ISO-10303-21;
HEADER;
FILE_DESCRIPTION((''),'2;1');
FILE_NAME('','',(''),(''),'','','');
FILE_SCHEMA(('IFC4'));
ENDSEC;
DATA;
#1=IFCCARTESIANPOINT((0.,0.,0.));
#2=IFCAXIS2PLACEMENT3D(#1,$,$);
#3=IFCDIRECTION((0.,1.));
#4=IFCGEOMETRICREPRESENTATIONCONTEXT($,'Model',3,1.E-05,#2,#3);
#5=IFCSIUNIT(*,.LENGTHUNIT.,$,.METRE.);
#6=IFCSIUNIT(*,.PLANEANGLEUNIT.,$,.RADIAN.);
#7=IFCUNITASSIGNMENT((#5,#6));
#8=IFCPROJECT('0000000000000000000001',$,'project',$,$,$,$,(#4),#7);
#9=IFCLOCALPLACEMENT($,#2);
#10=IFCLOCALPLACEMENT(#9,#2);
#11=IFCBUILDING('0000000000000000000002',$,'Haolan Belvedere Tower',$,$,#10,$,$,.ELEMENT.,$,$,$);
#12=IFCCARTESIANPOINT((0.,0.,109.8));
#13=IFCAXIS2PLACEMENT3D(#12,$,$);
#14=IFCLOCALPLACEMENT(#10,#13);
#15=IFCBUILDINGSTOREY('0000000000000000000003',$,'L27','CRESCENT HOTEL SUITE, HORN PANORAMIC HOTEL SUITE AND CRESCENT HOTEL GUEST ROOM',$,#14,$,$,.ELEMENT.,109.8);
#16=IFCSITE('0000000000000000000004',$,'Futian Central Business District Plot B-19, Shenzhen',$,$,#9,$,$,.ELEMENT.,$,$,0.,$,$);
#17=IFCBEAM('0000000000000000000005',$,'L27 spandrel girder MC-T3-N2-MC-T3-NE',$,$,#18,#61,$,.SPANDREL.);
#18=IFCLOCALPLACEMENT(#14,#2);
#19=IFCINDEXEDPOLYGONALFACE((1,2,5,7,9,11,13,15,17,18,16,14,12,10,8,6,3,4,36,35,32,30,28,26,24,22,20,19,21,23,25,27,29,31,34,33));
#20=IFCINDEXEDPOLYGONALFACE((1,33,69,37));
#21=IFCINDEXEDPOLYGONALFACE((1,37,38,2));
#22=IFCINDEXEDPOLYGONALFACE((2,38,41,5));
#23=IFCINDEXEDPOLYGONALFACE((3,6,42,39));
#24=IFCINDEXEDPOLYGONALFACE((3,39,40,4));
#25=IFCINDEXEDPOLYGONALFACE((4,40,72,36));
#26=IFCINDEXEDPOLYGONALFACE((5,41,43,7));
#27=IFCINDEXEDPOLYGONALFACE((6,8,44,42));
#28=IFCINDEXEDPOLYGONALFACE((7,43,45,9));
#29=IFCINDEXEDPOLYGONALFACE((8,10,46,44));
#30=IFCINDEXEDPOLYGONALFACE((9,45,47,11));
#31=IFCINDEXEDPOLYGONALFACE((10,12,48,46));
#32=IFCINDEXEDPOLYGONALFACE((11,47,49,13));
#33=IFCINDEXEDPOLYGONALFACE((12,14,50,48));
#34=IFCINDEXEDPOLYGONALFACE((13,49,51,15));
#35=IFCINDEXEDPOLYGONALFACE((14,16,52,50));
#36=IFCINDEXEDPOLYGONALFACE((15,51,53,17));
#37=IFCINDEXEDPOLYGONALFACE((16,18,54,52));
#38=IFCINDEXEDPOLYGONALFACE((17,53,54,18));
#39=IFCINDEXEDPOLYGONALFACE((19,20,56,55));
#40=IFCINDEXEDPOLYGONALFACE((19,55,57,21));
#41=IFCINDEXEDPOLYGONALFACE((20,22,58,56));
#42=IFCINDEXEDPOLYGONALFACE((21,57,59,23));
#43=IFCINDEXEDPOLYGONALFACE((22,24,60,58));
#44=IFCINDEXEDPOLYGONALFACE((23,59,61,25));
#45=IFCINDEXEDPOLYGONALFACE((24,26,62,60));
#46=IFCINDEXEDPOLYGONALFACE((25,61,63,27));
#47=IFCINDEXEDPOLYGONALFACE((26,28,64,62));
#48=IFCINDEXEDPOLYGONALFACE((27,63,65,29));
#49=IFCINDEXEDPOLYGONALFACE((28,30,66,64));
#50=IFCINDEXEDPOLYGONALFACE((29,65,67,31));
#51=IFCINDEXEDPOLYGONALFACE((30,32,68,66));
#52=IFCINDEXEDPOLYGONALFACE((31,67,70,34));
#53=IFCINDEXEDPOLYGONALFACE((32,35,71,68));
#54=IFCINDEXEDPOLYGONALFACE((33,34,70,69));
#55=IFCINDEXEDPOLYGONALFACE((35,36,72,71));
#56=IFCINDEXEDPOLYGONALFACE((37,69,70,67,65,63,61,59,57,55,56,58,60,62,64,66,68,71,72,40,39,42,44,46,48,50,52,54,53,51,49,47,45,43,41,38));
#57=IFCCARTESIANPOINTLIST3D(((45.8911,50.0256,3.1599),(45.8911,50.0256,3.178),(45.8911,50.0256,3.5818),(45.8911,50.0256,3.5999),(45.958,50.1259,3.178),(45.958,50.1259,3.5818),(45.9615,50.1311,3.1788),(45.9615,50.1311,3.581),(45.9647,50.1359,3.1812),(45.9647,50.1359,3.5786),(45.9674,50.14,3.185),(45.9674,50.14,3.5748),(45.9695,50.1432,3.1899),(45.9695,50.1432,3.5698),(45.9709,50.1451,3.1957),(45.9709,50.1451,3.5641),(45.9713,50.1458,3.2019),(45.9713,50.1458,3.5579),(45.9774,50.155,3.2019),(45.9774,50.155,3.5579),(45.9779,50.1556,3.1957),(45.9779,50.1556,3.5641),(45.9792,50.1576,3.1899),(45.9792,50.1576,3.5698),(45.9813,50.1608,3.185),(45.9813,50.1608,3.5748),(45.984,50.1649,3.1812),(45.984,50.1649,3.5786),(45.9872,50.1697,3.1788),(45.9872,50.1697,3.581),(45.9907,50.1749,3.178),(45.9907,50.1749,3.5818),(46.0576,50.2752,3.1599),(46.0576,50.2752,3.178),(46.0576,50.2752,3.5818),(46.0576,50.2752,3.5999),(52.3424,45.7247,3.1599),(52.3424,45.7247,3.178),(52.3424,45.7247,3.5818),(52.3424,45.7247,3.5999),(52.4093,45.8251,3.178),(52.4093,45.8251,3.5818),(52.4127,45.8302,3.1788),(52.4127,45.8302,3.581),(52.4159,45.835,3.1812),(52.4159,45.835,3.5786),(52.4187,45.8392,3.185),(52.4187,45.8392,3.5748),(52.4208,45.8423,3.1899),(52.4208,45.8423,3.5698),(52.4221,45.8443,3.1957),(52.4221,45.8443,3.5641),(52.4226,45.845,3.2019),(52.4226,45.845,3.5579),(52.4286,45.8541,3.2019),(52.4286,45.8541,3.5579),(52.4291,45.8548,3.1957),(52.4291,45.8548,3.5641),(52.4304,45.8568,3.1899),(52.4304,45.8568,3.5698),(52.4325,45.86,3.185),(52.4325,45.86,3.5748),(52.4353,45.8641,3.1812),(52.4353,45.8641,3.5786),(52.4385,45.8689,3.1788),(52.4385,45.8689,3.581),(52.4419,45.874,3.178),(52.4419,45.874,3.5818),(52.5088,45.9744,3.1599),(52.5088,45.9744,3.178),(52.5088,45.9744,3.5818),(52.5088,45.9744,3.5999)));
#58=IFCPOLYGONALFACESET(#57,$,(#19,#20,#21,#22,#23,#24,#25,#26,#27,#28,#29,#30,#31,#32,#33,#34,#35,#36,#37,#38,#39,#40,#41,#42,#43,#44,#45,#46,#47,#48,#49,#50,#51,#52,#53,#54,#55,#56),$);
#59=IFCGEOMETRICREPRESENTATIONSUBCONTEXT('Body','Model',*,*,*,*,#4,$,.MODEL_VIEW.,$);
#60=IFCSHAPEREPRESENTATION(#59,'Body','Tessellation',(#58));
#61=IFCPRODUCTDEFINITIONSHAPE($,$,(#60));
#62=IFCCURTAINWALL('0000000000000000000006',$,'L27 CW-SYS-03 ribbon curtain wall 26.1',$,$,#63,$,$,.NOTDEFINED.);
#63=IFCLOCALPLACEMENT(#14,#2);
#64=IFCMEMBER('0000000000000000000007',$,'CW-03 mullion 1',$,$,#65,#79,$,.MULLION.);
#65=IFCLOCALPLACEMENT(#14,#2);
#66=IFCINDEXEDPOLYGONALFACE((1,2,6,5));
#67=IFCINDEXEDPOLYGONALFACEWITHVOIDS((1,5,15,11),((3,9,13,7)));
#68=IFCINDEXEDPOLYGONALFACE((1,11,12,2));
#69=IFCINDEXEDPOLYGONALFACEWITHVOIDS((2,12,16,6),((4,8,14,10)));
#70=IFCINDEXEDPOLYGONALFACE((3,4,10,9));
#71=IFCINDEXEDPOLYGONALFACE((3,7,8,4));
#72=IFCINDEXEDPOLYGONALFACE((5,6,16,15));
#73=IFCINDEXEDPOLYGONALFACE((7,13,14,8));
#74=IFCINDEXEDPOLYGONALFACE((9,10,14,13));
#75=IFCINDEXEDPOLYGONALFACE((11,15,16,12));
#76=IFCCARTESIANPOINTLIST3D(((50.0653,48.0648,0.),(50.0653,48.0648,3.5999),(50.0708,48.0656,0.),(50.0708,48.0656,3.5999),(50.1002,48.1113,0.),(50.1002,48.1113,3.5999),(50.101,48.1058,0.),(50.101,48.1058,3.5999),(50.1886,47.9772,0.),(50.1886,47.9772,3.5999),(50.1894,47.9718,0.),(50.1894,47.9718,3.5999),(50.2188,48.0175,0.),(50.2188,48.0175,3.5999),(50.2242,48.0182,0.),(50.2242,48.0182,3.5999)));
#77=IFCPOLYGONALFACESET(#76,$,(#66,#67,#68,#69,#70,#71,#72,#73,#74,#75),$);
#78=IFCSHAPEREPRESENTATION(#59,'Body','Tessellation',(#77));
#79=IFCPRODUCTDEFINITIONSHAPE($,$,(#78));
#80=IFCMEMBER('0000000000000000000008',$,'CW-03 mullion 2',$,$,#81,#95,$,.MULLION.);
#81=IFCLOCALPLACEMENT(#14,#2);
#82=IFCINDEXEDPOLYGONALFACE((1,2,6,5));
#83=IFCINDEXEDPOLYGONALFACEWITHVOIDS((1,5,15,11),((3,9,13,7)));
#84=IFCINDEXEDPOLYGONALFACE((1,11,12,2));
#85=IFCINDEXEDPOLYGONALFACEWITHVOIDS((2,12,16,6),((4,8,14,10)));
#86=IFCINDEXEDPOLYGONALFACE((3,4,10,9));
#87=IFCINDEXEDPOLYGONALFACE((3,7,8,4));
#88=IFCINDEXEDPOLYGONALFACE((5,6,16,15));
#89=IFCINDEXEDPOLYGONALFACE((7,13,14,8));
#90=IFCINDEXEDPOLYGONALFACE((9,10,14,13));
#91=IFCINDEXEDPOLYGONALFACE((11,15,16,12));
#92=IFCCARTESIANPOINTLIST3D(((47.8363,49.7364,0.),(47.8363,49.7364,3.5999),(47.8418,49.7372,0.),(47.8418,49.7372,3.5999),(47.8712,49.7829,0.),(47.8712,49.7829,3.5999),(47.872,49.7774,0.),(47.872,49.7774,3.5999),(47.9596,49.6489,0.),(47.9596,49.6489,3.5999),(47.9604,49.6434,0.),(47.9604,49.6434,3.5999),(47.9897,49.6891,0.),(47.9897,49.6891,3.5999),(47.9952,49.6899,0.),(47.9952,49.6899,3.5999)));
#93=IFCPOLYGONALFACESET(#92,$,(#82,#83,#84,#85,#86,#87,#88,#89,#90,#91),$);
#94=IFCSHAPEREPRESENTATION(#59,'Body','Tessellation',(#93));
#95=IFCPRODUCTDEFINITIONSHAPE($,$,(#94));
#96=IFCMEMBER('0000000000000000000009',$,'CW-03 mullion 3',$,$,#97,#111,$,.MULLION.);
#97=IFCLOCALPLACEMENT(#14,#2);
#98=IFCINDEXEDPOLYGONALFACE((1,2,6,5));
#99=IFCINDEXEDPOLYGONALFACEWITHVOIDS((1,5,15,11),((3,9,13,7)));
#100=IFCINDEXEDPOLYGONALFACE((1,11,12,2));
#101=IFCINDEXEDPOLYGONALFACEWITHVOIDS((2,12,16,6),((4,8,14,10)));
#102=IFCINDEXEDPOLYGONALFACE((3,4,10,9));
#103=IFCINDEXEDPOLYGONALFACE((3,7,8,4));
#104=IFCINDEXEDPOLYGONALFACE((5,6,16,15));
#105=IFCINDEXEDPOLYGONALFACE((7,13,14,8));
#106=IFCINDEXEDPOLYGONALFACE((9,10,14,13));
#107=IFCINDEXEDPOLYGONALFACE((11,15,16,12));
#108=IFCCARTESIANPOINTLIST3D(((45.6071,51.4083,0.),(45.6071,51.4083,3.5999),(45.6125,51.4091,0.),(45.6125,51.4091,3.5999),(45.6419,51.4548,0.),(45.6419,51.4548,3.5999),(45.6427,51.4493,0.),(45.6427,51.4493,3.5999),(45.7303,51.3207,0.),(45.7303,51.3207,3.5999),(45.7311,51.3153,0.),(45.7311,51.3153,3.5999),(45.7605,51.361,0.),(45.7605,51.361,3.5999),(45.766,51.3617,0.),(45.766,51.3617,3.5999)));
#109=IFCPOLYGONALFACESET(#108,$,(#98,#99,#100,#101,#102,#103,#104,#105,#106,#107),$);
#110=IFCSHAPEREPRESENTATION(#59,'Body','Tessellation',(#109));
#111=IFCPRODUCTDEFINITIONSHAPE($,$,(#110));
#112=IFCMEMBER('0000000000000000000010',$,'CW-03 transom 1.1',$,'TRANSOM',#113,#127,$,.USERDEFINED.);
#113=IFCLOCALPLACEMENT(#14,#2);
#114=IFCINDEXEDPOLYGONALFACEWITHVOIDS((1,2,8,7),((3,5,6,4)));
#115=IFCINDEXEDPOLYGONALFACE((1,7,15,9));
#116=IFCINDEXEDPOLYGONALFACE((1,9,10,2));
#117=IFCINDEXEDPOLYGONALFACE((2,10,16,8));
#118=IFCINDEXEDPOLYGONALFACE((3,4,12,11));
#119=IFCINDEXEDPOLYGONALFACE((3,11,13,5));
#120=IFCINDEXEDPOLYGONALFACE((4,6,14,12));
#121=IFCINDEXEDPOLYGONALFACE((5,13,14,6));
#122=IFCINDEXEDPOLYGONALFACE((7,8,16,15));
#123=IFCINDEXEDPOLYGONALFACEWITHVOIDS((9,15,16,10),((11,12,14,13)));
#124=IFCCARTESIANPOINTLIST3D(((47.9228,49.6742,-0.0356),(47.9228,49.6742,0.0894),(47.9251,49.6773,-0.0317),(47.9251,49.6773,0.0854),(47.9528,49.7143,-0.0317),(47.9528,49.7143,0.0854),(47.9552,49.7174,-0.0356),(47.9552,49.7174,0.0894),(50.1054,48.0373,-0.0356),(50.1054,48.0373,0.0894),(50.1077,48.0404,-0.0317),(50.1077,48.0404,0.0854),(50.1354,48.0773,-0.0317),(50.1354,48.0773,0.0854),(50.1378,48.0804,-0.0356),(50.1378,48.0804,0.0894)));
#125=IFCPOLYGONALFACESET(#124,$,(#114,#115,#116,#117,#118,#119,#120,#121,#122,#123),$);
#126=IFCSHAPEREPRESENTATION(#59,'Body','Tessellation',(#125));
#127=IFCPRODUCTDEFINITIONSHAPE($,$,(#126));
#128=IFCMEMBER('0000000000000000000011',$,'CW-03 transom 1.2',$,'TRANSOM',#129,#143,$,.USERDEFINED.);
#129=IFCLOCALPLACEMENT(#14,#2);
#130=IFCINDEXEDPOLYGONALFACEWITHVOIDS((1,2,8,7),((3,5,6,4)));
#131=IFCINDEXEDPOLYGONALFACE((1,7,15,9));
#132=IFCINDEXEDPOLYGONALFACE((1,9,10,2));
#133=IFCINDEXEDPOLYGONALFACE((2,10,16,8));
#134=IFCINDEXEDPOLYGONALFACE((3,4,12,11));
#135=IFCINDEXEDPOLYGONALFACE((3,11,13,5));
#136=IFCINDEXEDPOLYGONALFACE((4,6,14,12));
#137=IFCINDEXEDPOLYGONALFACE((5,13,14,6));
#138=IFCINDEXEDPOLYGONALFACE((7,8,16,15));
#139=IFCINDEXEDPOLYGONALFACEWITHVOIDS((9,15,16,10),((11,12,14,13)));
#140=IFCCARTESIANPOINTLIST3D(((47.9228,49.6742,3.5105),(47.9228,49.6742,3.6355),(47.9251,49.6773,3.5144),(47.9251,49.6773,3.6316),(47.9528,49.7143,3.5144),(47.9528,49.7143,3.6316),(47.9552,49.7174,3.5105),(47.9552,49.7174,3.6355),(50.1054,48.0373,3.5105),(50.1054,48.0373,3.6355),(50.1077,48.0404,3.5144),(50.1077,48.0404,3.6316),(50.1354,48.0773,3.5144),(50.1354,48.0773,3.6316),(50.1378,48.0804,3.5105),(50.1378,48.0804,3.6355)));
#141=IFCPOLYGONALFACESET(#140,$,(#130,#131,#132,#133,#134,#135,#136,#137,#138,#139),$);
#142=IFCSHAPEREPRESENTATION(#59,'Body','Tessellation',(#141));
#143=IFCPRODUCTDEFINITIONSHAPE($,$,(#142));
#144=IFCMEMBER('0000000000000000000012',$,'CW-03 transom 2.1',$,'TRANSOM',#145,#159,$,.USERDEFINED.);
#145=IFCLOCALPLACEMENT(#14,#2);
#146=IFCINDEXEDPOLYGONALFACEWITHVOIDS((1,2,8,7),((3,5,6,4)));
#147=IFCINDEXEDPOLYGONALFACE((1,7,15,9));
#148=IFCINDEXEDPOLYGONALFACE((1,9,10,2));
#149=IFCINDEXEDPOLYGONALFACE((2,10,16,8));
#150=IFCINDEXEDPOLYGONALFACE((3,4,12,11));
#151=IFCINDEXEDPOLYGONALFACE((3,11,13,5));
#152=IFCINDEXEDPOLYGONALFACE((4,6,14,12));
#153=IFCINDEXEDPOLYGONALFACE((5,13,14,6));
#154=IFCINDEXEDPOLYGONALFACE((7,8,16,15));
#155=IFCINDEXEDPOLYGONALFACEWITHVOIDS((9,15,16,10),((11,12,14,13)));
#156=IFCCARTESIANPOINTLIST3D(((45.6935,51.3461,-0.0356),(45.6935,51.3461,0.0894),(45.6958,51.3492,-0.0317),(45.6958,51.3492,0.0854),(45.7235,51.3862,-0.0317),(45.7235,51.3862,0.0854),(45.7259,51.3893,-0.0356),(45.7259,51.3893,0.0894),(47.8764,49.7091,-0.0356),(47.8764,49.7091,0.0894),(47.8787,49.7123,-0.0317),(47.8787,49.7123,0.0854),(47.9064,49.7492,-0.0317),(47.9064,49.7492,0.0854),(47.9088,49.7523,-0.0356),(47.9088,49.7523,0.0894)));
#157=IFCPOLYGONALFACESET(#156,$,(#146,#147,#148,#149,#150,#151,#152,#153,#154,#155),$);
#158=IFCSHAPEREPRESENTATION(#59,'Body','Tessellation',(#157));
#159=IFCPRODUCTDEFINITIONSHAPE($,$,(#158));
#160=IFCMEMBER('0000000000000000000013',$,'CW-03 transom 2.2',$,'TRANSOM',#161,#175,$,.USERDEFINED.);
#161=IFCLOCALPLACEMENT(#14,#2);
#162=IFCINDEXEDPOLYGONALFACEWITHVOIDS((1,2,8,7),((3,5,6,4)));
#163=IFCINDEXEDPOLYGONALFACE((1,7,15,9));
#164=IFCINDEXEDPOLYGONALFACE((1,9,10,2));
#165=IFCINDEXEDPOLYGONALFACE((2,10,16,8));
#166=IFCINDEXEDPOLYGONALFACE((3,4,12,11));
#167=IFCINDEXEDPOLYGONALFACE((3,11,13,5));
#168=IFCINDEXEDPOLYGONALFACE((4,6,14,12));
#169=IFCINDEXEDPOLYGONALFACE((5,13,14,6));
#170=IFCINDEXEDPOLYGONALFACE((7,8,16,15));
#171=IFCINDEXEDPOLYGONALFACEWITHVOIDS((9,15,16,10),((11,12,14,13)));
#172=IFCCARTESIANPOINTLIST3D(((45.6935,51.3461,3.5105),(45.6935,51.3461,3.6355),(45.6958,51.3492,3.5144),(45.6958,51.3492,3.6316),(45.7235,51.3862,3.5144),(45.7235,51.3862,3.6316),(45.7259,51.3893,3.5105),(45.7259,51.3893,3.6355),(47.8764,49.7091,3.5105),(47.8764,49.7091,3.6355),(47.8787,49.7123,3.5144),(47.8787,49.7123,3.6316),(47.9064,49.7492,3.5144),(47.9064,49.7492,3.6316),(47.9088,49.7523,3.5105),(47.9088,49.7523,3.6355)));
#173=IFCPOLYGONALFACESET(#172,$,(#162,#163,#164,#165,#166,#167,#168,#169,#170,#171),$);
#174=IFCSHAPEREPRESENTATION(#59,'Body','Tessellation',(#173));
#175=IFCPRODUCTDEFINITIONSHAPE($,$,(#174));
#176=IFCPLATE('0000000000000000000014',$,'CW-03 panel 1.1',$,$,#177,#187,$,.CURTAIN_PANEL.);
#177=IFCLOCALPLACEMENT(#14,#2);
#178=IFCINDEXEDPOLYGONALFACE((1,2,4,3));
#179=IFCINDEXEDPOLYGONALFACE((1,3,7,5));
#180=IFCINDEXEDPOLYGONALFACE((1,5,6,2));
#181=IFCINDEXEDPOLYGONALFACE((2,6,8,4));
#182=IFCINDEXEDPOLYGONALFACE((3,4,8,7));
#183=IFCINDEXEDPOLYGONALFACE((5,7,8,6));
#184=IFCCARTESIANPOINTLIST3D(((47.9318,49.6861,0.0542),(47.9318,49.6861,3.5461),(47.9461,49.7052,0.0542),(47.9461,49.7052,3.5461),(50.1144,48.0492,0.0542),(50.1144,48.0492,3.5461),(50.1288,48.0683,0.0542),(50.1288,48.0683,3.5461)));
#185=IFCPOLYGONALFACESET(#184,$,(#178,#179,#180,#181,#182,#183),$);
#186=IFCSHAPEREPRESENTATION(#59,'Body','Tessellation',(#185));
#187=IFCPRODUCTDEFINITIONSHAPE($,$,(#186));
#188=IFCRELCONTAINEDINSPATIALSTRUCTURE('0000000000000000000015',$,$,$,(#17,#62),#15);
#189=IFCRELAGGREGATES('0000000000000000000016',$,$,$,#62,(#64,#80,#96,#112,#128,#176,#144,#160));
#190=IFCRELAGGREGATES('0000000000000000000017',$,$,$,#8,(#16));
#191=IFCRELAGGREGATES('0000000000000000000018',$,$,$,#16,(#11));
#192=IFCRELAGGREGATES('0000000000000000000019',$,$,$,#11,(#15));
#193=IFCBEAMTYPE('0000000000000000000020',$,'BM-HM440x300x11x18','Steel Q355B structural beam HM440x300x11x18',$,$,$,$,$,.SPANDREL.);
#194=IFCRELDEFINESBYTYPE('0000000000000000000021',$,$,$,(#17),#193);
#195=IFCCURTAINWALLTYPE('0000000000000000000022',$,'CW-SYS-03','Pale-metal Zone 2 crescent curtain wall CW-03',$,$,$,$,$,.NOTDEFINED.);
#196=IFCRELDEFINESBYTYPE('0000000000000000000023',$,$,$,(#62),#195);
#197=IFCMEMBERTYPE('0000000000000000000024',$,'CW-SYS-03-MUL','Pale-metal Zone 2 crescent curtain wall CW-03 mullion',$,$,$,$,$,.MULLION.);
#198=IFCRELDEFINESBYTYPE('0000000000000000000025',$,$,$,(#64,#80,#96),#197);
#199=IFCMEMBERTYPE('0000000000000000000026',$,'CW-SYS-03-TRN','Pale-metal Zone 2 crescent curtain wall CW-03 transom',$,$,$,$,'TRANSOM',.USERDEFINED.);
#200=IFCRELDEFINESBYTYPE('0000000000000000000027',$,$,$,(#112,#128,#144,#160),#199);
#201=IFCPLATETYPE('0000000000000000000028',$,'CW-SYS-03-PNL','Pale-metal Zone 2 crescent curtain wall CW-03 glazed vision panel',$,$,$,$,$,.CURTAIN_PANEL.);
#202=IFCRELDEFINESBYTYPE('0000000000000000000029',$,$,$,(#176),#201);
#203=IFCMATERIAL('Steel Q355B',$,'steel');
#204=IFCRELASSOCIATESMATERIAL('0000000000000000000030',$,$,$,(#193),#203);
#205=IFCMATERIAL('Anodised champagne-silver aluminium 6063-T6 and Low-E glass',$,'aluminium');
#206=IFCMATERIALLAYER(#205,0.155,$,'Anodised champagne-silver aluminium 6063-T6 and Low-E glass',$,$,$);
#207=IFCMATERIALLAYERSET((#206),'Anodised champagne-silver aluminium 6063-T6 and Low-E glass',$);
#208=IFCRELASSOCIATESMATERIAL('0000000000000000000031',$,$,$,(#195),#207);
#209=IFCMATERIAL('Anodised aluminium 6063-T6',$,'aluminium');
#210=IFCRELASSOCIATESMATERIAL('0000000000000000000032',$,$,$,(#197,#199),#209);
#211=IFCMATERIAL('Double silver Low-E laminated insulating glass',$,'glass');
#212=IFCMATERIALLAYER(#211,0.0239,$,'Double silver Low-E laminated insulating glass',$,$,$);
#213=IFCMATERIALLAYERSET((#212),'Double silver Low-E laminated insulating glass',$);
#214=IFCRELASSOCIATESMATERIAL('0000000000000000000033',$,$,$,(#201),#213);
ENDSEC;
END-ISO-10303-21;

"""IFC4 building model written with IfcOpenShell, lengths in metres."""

from ifc_helpers import new_model, si_unit, direction, frame, origin, origin_2d, place, context, subcontext, project, spatial, rectangle, hollow_rectangle, i_section, extrude, material, layer, layer_set, material_profile, profile_set, type_object, element, aggregate, save


model = new_model("IFC4")

# Units and contexts
model_context = context("Model", 3, precision=1e-05, world=origin(), true_north=direction((0.0, 1.0)))
body_context = subcontext(model_context, "Body", "Model", "MODEL_VIEW")
ifc_project = project(units=[si_unit("LENGTHUNIT", "METRE"), si_unit("PLANEANGLEUNIT", "RADIAN")], contexts=[model_context])

# Site, building, storey
site_placement = place(None, origin())
site = spatial("IfcSite", under=ifc_project, at=site_placement, Name="Futian Central Business District Plot B-19, Shenzhen", CompositionType="ELEMENT", RefElevation=0.0)
building_placement = place(site_placement, origin())
building = spatial("IfcBuilding", under=site, at=building_placement, Name="Haolan Belvedere Tower", CompositionType="ELEMENT")
storey_placement = place(building_placement, frame((0.0, 0.0, 109.8)))
storey = spatial("IfcBuildingStorey", under=building, at=storey_placement, Name="L27", Description="CRESCENT HOTEL SUITE, HORN PANORAMIC HOTEL SUITE AND CRESCENT HOTEL GUEST ROOM", CompositionType="ELEMENT", Elevation=109.8)

# Beam
ifc_material_1 = material(Name="Steel Q355B", Category="steel")
ifc_material_profile_1 = material_profile(ifc_material_1, i_section(OverallWidth=0.3, OverallDepth=0.4399, WebThickness=0.011, FlangeThickness=0.0181, FilletRadius=0.0239, at=origin_2d()), Name="Steel Q355B")
ifc_profile_set_1 = profile_set([ifc_material_profile_1], Name="Steel Q355B")
beam_type = type_object("IfcBeamType", Name="BM-HM440x300x11x18", Description="Steel Q355B structural beam HM440x300x11x18", PredefinedType="SPANDREL", material=ifc_profile_set_1)
beam_placement = place(storey_placement, frame((45.9744, 50.1504, 3.3799), z_axis=(0.83205, -0.5547, 0.0), x_axis=(0.5547, 0.83205, 0.0)))
element("IfcBeam", 1, at=beam_placement, inside=storey, type_object=beam_type, Name="L27 spandrel girder MC-T3-N2-MC-T3-NE", PredefinedType="SPANDREL", context=body_context, shape_type="SweptSolid", body=[
    extrude(i_section(OverallWidth=0.3, OverallDepth=0.4399, WebThickness=0.011, FlangeThickness=0.0181, FilletRadius=0.0239, at=origin_2d()), origin(), (0.0, 0.0, 1.0), 7.7534),
])

# Curtain wall, members, plate
ifc_material_2 = material(Name="Anodised champagne-silver aluminium 6063-T6 and Low-E glass", Category="aluminium")
ifc_layer_1 = layer(ifc_material_2, 0.155, Name="Anodised champagne-silver aluminium 6063-T6 and Low-E glass")
ifc_layer_set_1 = layer_set([ifc_layer_1], Name="Anodised champagne-silver aluminium 6063-T6 and Low-E glass")
curtain_wall_type = type_object("IfcCurtainWallType", Name="CW-SYS-03", Description="Pale-metal Zone 2 crescent curtain wall CW-03", PredefinedType="NOTDEFINED", material=ifc_layer_set_1)
curtain_wall_placement = place(storey_placement, origin())
curtain_wall = element("IfcCurtainWall", 2, at=curtain_wall_placement, inside=storey, type_object=curtain_wall_type, Name="L27 CW-SYS-03 ribbon curtain wall 26.1", PredefinedType="NOTDEFINED")
ifc_material_3 = material(Name="Anodised aluminium 6063-T6", Category="aluminium")
ifc_material_profile_2 = material_profile(ifc_material_3, hollow_rectangle(XDim=0.0581, YDim=0.155, WallThickness=0.0039, at=origin_2d()), Name="Anodised aluminium 6063-T6")
ifc_profile_set_2 = profile_set([ifc_material_profile_2], Name="Anodised aluminium 6063-T6")
member_type_1 = type_object("IfcMemberType", Name="CW-SYS-03-MUL", Description="Pale-metal Zone 2 crescent curtain wall CW-03 mullion", PredefinedType="MULLION", material=ifc_profile_set_2)
member_1_placement = place(storey_placement, frame((50.1448, 48.0415, 0.0), z_axis=(0.0, 0.0, 1.0), x_axis=(-0.599994, -0.800004, 0.0)))
member_1 = element("IfcMember", 3, at=member_1_placement, type_object=member_type_1, Name="CW-03 mullion 1", PredefinedType="MULLION", context=body_context, shape_type="SweptSolid", body=[
    extrude(hollow_rectangle(XDim=0.0581, YDim=0.155, WallThickness=0.0039, at=origin_2d()), origin(), (0.0, 0.0, 1.0), 3.5999),
])
member_2_placement = place(storey_placement, frame((47.9158, 49.7131, 0.0), z_axis=(0.0, 0.0, 1.0), x_axis=(-0.599994, -0.800004, 0.0)))
member_2 = element("IfcMember", 4, at=member_2_placement, type_object=member_type_1, Name="CW-03 mullion 2", PredefinedType="MULLION", context=body_context, shape_type="SweptSolid", body=[
    extrude(hollow_rectangle(XDim=0.0581, YDim=0.155, WallThickness=0.0039, at=origin_2d()), origin(), (0.0, 0.0, 1.0), 3.5999),
])
member_3_placement = place(storey_placement, frame((45.6865, 51.385, 0.0), z_axis=(0.0, 0.0, 1.0), x_axis=(-0.599994, -0.800004, 0.0)))
member_3 = element("IfcMember", 5, at=member_3_placement, type_object=member_type_1, Name="CW-03 mullion 3", PredefinedType="MULLION", context=body_context, shape_type="SweptSolid", body=[
    extrude(hollow_rectangle(XDim=0.0581, YDim=0.155, WallThickness=0.0039, at=origin_2d()), origin(), (0.0, 0.0, 1.0), 3.5999),
])
ifc_material_profile_3 = material_profile(ifc_material_3, hollow_rectangle(XDim=0.054, YDim=0.125, WallThickness=0.0039, at=origin_2d()), Name="Anodised aluminium 6063-T6")
ifc_profile_set_3 = profile_set([ifc_material_profile_3], Name="Anodised aluminium 6063-T6")
member_type_2 = type_object("IfcMemberType", Name="CW-SYS-03-TRN", Description="Pale-metal Zone 2 crescent curtain wall CW-03 transom", ElementType="TRANSOM", PredefinedType="USERDEFINED", material=ifc_profile_set_3)
member_4_placement = place(storey_placement, frame((50.1216, 48.0588, 0.0269), z_axis=(-0.8, 0.6, 0.0), x_axis=(-0.6, -0.8, 0.0)))
member_4 = element("IfcMember", 6, at=member_4_placement, type_object=member_type_2, Name="CW-03 transom 1.1", ObjectType="TRANSOM", PredefinedType="USERDEFINED", context=body_context, shape_type="SweptSolid", body=[
    extrude(hollow_rectangle(XDim=0.054, YDim=0.125, WallThickness=0.0039, at=origin_2d()), origin(), (0.0, 0.0, 1.0), 2.7283),
])
member_5_placement = place(storey_placement, frame((50.1216, 48.0588, 3.573), z_axis=(-0.8, 0.6, 0.0), x_axis=(-0.6, -0.8, 0.0)))
member_5 = element("IfcMember", 7, at=member_5_placement, type_object=member_type_2, Name="CW-03 transom 1.2", ObjectType="TRANSOM", PredefinedType="USERDEFINED", context=body_context, shape_type="SweptSolid", body=[
    extrude(hollow_rectangle(XDim=0.054, YDim=0.125, WallThickness=0.0039, at=origin_2d()), origin(), (0.0, 0.0, 1.0), 2.7283),
])
member_6_placement = place(storey_placement, frame((47.8926, 49.7307, 0.0269), z_axis=(-0.800032, 0.599957, 0.0), x_axis=(-0.599957, -0.800032, 0.0)))
member_6 = element("IfcMember", 8, at=member_6_placement, type_object=member_type_2, Name="CW-03 transom 2.1", ObjectType="TRANSOM", PredefinedType="USERDEFINED", context=body_context, shape_type="SweptSolid", body=[
    extrude(hollow_rectangle(XDim=0.054, YDim=0.125, WallThickness=0.0039, at=origin_2d()), origin(), (0.0, 0.0, 1.0), 2.7285),
])
member_7_placement = place(storey_placement, frame((47.8926, 49.7307, 3.573), z_axis=(-0.800032, 0.599957, 0.0), x_axis=(-0.599957, -0.800032, 0.0)))
member_7 = element("IfcMember", 9, at=member_7_placement, type_object=member_type_2, Name="CW-03 transom 2.2", ObjectType="TRANSOM", PredefinedType="USERDEFINED", context=body_context, shape_type="SweptSolid", body=[
    extrude(hollow_rectangle(XDim=0.054, YDim=0.125, WallThickness=0.0039, at=origin_2d()), origin(), (0.0, 0.0, 1.0), 2.7285),
])
ifc_material_4 = material(Name="Double silver Low-E laminated insulating glass", Category="glass")
ifc_layer_2 = layer(ifc_material_4, 0.0239, Name="Double silver Low-E laminated insulating glass")
ifc_layer_set_2 = layer_set([ifc_layer_2], Name="Double silver Low-E laminated insulating glass")
plate_type = type_object("IfcPlateType", Name="CW-SYS-03-PNL", Description="Pale-metal Zone 2 crescent curtain wall CW-03 glazed vision panel", PredefinedType="CURTAIN_PANEL", material=ifc_layer_set_2)
plate_1_placement = place(storey_placement, frame((49.0303, 48.8772, 0.0542), z_axis=(0.0, 0.0, 1.0), x_axis=(-0.800004, 0.599994, 0.0)))
plate_1 = element("IfcPlate", 10, at=plate_1_placement, type_object=plate_type, Name="CW-03 panel 1.1", PredefinedType="CURTAIN_PANEL", context=body_context, shape_type="SweptSolid", body=[
    extrude(rectangle(XDim=2.7283, YDim=0.0239, at=origin_2d()), origin(), (0.0, 0.0, 1.0), 3.4919),
])
aggregate(curtain_wall, [member_1, member_2, member_3, member_4, member_5, plate_1, member_6, member_7])

save(model, "model.ifc")
